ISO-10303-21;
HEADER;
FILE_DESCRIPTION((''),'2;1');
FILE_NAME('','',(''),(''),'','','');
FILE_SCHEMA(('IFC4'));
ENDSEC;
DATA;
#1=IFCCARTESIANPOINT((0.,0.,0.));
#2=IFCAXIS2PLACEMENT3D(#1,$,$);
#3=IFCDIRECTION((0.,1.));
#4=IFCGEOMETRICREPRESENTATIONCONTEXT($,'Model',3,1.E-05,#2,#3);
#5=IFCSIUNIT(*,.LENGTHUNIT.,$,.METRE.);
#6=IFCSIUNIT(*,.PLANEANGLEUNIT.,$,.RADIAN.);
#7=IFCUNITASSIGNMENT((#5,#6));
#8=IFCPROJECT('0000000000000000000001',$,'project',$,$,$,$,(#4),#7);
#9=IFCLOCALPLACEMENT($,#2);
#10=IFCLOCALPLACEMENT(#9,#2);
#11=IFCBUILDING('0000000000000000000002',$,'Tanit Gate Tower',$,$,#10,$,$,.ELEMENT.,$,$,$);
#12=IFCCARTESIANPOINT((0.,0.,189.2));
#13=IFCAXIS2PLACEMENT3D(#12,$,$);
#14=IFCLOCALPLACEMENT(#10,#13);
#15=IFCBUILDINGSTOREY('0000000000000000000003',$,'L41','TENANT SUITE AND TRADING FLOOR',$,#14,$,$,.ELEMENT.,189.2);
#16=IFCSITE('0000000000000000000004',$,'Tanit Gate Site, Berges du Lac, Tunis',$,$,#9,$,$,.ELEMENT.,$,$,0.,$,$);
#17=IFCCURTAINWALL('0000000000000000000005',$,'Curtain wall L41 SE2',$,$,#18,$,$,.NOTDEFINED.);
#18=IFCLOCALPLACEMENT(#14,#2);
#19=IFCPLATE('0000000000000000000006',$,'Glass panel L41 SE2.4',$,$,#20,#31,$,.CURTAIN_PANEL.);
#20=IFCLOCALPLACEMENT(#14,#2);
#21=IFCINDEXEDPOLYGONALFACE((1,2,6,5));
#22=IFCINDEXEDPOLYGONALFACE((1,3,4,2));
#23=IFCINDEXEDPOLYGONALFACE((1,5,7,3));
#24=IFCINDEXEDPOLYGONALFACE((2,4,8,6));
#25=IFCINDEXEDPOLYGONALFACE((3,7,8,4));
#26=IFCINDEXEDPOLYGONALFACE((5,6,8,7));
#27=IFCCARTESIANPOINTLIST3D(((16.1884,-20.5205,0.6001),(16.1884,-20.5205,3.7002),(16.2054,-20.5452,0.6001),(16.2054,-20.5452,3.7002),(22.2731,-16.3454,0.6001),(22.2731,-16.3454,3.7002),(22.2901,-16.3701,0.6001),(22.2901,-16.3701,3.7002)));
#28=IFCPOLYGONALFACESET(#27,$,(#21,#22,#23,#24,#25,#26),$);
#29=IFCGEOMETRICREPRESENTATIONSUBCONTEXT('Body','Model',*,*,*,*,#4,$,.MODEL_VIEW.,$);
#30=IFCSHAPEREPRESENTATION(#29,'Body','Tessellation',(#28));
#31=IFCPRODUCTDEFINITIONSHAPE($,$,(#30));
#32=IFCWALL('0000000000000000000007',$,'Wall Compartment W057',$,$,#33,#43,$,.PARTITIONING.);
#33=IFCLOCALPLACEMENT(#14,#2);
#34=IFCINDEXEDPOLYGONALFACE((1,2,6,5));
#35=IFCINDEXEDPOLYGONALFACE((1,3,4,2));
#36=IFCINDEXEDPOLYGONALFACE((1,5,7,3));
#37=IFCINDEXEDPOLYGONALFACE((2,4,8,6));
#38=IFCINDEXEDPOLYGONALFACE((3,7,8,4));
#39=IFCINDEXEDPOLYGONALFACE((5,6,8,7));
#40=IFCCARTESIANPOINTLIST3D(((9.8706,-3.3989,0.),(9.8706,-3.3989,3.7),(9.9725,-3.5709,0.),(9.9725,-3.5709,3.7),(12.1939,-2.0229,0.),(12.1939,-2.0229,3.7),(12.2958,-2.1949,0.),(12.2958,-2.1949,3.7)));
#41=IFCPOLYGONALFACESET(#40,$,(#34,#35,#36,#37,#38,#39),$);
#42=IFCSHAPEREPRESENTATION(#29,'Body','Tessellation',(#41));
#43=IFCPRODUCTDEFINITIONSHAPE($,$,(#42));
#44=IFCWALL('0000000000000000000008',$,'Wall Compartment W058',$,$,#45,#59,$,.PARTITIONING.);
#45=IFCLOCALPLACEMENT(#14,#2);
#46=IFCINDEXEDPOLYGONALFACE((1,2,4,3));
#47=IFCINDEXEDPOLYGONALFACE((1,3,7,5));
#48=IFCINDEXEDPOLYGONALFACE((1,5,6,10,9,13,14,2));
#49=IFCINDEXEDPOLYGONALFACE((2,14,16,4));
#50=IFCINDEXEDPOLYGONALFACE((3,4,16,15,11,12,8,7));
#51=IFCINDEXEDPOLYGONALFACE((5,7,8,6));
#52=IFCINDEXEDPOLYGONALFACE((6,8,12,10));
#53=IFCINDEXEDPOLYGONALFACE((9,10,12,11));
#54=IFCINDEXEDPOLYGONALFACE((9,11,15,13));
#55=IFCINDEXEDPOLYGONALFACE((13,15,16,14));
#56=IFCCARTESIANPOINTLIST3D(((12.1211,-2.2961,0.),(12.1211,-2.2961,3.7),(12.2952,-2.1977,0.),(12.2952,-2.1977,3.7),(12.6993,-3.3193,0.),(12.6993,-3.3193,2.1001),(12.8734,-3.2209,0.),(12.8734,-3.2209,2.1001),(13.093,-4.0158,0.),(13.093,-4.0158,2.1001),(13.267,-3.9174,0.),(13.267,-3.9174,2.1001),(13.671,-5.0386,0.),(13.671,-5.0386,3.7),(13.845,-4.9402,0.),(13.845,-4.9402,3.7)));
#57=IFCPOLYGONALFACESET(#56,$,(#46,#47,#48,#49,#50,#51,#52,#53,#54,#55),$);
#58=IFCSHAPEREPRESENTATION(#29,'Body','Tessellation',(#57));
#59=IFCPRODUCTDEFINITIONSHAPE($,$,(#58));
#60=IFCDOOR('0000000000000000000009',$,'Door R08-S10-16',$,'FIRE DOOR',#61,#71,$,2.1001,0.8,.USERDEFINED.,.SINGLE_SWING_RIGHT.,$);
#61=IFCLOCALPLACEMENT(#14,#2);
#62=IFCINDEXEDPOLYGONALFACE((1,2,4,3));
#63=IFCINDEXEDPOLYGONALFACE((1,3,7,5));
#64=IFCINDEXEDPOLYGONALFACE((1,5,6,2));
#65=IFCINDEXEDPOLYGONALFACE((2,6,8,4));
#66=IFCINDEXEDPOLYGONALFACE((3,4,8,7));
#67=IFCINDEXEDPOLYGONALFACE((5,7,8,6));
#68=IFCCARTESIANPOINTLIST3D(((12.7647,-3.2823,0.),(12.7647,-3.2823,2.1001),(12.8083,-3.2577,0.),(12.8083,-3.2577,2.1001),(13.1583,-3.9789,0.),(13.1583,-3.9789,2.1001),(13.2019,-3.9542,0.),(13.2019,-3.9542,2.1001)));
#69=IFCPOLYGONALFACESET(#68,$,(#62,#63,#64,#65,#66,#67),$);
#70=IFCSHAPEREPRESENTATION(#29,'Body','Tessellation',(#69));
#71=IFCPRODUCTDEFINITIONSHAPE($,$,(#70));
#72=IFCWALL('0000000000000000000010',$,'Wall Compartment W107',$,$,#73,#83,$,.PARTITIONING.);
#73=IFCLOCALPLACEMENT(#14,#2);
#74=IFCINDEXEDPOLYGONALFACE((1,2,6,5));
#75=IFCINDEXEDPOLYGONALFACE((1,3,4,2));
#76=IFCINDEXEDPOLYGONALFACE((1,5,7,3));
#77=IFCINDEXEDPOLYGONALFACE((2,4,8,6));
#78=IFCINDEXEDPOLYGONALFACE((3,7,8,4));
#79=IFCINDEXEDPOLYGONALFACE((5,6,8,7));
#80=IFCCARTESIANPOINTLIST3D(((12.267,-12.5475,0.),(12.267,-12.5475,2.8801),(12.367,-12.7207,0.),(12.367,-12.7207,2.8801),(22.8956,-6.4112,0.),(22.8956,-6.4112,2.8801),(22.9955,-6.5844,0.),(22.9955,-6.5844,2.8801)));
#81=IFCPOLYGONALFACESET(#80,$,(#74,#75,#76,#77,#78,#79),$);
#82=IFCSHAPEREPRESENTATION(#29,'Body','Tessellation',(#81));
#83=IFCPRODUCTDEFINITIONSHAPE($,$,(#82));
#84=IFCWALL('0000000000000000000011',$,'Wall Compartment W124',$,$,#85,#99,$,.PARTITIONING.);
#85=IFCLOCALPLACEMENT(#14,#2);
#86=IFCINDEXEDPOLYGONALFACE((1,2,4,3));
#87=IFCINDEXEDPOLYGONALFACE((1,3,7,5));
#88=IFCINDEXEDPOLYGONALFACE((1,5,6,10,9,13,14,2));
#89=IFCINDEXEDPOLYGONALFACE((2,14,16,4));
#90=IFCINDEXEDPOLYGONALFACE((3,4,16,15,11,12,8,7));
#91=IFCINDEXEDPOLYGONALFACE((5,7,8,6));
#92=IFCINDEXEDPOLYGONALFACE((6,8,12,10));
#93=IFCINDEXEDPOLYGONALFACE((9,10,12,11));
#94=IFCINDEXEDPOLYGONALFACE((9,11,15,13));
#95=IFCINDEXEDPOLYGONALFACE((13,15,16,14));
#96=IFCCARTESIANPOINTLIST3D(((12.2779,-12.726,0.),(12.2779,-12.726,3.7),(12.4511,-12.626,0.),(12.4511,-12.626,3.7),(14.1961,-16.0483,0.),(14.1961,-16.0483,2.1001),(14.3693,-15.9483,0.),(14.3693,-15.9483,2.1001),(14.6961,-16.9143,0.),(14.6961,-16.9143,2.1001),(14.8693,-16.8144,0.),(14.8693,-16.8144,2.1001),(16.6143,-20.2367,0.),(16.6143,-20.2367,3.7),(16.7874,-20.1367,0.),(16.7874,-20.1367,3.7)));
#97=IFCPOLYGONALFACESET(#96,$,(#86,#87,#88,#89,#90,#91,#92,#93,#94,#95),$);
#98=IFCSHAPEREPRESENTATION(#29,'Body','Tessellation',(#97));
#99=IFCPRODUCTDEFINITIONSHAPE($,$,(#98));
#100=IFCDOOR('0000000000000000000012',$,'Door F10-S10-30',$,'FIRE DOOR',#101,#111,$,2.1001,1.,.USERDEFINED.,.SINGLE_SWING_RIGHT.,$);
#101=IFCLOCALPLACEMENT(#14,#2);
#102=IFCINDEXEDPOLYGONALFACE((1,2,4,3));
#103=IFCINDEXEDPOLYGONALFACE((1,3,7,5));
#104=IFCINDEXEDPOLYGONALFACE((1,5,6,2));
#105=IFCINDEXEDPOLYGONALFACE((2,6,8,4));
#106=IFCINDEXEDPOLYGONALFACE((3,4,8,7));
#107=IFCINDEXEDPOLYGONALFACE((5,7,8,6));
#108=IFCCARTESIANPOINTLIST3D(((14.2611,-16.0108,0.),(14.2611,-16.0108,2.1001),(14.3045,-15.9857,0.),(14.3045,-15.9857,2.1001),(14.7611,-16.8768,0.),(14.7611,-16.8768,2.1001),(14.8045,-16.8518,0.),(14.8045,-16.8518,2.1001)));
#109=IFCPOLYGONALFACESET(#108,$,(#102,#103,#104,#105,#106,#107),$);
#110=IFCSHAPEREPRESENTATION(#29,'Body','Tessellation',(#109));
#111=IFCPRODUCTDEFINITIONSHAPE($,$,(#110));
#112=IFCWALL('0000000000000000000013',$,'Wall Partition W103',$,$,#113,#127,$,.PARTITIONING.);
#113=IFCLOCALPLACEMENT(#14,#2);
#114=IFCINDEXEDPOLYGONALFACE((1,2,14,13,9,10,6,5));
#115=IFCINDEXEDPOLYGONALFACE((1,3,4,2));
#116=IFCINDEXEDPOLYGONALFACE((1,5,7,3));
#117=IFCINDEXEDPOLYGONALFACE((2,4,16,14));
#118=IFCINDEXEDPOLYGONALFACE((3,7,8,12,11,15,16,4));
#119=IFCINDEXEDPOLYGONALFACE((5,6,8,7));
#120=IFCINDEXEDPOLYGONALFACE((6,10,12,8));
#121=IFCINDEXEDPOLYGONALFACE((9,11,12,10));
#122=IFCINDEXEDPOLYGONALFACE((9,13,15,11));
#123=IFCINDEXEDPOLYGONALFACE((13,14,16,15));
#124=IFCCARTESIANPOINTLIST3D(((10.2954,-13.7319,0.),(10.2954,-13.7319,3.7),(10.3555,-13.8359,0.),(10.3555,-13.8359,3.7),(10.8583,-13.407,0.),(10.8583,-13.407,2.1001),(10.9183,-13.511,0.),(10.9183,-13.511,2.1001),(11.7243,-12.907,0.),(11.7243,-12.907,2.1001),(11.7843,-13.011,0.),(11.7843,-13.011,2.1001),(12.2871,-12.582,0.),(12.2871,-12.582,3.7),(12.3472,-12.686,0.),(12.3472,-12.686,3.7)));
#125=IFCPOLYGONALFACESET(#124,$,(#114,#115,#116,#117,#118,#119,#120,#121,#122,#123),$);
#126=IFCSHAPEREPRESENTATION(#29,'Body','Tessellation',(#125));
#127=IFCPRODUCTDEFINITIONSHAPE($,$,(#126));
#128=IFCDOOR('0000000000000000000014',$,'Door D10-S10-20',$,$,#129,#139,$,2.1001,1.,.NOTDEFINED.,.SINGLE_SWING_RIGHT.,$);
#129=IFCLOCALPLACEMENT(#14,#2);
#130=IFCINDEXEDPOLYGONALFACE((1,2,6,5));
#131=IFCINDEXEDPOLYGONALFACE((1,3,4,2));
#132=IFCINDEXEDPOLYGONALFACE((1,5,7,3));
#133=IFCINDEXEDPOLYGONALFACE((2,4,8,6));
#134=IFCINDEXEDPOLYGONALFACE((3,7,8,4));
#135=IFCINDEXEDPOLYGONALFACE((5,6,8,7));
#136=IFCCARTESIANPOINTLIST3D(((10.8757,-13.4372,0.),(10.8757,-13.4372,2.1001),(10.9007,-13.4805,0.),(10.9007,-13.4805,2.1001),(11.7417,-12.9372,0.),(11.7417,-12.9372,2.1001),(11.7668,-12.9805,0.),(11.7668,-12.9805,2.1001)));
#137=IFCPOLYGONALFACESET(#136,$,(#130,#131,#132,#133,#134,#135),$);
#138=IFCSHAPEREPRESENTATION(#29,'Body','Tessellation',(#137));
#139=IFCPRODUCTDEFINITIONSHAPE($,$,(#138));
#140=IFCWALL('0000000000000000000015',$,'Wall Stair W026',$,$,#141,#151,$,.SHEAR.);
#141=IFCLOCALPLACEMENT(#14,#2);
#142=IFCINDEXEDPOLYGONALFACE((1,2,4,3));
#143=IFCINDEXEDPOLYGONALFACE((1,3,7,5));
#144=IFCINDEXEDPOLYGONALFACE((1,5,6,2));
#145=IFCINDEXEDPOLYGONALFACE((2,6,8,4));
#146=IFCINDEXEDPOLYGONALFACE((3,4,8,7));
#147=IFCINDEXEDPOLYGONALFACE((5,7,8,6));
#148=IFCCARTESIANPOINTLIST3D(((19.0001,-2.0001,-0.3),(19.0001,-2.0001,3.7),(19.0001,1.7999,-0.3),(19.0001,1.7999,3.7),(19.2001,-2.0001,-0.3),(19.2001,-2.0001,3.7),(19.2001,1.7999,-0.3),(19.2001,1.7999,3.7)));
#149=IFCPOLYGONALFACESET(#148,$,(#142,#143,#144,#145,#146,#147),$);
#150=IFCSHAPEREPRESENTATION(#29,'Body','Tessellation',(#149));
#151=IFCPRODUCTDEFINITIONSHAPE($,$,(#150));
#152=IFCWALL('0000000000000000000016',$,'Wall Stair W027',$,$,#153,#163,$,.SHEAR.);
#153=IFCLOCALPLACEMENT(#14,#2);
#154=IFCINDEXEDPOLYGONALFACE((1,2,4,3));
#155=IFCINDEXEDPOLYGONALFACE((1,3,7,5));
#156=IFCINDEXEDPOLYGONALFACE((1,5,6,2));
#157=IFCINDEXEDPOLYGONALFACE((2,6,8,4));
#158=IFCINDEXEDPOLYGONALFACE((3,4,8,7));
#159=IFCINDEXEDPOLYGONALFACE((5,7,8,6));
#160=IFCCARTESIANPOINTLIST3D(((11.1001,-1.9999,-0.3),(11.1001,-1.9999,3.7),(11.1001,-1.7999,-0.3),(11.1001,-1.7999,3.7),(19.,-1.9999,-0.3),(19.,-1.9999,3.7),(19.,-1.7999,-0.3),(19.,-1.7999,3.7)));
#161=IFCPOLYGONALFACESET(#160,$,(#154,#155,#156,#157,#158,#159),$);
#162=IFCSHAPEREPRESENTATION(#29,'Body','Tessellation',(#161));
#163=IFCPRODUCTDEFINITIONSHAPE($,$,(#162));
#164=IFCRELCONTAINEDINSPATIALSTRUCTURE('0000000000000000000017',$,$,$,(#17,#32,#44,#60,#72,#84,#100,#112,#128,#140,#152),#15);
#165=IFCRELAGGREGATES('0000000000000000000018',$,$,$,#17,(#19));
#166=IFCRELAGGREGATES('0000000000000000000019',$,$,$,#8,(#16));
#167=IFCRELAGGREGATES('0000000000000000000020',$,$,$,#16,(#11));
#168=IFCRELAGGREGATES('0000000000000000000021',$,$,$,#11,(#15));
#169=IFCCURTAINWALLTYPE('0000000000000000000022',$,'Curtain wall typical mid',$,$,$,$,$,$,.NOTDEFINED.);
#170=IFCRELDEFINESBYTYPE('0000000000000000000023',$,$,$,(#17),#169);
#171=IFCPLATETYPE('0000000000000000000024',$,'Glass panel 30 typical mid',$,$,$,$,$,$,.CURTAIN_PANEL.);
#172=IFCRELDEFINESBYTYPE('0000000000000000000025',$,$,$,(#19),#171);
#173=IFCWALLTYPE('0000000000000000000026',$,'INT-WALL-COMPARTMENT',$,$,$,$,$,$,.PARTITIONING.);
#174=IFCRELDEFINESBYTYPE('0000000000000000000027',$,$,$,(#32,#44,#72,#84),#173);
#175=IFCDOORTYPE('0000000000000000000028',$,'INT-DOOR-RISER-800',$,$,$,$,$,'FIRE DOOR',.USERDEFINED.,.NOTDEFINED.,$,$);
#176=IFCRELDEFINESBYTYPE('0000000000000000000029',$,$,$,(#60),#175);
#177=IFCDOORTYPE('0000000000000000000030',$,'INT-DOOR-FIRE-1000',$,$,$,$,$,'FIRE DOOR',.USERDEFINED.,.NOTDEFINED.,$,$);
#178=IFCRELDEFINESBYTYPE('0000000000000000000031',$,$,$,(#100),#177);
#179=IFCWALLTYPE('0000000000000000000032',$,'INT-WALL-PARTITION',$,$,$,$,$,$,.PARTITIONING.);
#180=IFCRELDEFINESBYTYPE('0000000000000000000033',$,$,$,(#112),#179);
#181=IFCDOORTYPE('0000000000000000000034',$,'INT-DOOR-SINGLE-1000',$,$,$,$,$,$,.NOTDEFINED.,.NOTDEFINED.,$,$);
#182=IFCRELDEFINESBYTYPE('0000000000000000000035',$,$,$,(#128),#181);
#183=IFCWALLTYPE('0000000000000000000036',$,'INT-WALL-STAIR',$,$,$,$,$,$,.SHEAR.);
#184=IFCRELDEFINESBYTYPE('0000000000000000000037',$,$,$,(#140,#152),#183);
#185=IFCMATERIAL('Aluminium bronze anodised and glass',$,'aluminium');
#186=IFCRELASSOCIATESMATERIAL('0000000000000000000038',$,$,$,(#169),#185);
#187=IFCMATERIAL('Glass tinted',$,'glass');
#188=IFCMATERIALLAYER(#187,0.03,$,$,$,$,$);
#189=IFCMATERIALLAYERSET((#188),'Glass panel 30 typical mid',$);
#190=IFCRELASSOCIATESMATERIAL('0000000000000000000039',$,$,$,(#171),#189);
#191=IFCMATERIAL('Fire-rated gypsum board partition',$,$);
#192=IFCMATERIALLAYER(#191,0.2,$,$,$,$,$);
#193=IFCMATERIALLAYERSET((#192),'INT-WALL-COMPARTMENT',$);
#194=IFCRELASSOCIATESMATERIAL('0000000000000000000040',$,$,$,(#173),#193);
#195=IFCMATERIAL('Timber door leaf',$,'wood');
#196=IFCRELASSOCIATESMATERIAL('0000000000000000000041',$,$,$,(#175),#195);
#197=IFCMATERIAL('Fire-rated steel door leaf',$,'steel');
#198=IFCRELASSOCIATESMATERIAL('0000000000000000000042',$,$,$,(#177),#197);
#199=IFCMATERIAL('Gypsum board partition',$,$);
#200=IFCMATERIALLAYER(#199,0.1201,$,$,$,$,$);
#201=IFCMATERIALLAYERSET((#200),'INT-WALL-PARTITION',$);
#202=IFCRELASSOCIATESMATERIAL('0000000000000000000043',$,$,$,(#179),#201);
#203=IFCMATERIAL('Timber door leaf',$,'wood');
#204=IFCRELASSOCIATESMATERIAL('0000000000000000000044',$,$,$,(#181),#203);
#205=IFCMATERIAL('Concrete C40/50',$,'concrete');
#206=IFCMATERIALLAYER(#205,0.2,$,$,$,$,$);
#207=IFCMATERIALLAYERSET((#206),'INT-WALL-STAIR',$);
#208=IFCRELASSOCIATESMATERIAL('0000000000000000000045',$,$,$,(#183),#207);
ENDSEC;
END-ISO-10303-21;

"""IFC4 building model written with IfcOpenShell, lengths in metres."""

from ifc_helpers import new_model, si_unit, direction, frame, frame_2d, origin, origin_2d, place, context, subcontext, project, spatial, rectangle, extrude, material, layer, layer_set, type_object, element, fill, aggregate, save


model = new_model("IFC4")

# Units and contexts
model_context = context("Model", 3, precision=1e-05, world=origin(), true_north=direction((0.0, 1.0)))
body_context = subcontext(model_context, "Body", "Model", "MODEL_VIEW")
ifc_project = project(units=[si_unit("LENGTHUNIT", "METRE"), si_unit("PLANEANGLEUNIT", "RADIAN")], contexts=[model_context])

# Site, building, storey
site_placement = place(None, origin())
site = spatial("IfcSite", under=ifc_project, at=site_placement, Name="Tanit Gate Site, Berges du Lac, Tunis", CompositionType="ELEMENT", RefElevation=0.0)
building_placement = place(site_placement, origin())
building = spatial("IfcBuilding", under=site, at=building_placement, Name="Tanit Gate Tower", CompositionType="ELEMENT")
storey_placement = place(building_placement, frame((0.0, 0.0, 189.2)))
storey = spatial("IfcBuildingStorey", under=building, at=storey_placement, Name="L41", Description="TENANT SUITE AND TRADING FLOOR", CompositionType="ELEMENT", Elevation=189.2)

# Curtain wall
ifc_material_1 = material(Name="Aluminium bronze anodised and glass", Category="aluminium")
curtain_wall_type = type_object("IfcCurtainWallType", Name="Curtain wall typical mid", PredefinedType="NOTDEFINED", material=ifc_material_1)
curtain_wall_placement = place(storey_placement, origin())
curtain_wall = element("IfcCurtainWall", 1, at=curtain_wall_placement, inside=storey, type_object=curtain_wall_type, Name="Curtain wall L41 SE2", PredefinedType="NOTDEFINED")

# Plate
ifc_material_2 = material(Name="Glass tinted", Category="glass")
ifc_layer_1 = layer(ifc_material_2, 0.03)
ifc_layer_set_1 = layer_set([ifc_layer_1], Name="Glass panel 30 typical mid")
plate_type = type_object("IfcPlateType", Name="Glass panel 30 typical mid", PredefinedType="CURTAIN_PANEL", material=ifc_layer_set_1)
plate_1_placement = place(storey_placement, frame((19.2393, -18.4453, 0.6001), z_axis=(0.0, 0.0, 1.0), x_axis=(0.824557, 0.56578, 0.0)))
plate_1 = element("IfcPlate", 2, at=plate_1_placement, type_object=plate_type, Name="Glass panel L41 SE2.4", PredefinedType="CURTAIN_PANEL", context=body_context, shape_type="SweptSolid", body=[
    extrude(rectangle(XDim=7.3794, YDim=0.03, at=origin_2d()), origin(), (0.0, 0.0, 1.0), 3.1001),
])
aggregate(curtain_wall, [plate_1])

# Wall
ifc_material_3 = material(Name="Fire-rated gypsum board partition")
ifc_layer_2 = layer(ifc_material_3, 0.2)
ifc_layer_set_2 = layer_set([ifc_layer_2], Name="INT-WALL-COMPARTMENT")
wall_type_1 = type_object("IfcWallType", Name="INT-WALL-COMPARTMENT", PredefinedType="PARTITIONING", material=ifc_layer_set_2)
wall_1_placement = place(storey_placement, frame((12.2449, -2.1089, 0.0), z_axis=(0.0, 0.0, 1.0), x_axis=(-0.860415, -0.509594, 0.0)))
element("IfcWall", 3, at=wall_1_placement, inside=storey, type_object=wall_type_1, Name="Wall Compartment W057", PredefinedType="PARTITIONING", context=body_context, shape_type="SweptSolid", body=[
    extrude(rectangle(XDim=2.7002, YDim=0.2, at=frame_2d((1.3501, 0.0))), origin(), (0.0, 0.0, 1.0), 3.7),
])

# Wall, opening, door
wall_2_placement = place(storey_placement, frame((13.7581, -4.9895, 0.0), z_axis=(0.0, 0.0, 1.0), x_axis=(-0.491993, 0.870599, 0.0)))
wall_2 = element("IfcWall", 4, at=wall_2_placement, inside=storey, type_object=wall_type_1, Name="Wall Compartment W058", PredefinedType="PARTITIONING", context=body_context, shape_type="SweptSolid", body=[
    extrude(rectangle(XDim=3.1501, YDim=0.2, at=frame_2d((1.5752, 0.0))), origin(), (0.0, 0.0, 1.0), 3.7),
])
opening_1_placement = place(wall_2_placement, frame((1.175, 0.0, 0.0)))
opening_1 = element("IfcOpeningElement", 5, at=opening_1_placement, cuts=wall_2, PredefinedType="OPENING", context=body_context, shape_type="SweptSolid", body=[
    extrude(rectangle(XDim=0.8, YDim=2.1001, at=frame_2d((0.3999, 1.05))), frame((0.0, 0.1099, 0.0), z_axis=(0.0, -1.0, 0.0), x_axis=(1.0, 0.0, 0.0)), (0.0, 0.0, 1.0), 0.22),
])
ifc_material_4 = material(Name="Timber door leaf", Category="wood")
door_type_1 = type_object("IfcDoorType", Name="INT-DOOR-RISER-800", ElementType="FIRE DOOR", OperationType="NOTDEFINED", PredefinedType="USERDEFINED", material=ifc_material_4)
door_1_placement = place(opening_1_placement, origin())
door_1 = element("IfcDoor", 6, at=door_1_placement, inside=storey, type_object=door_type_1, Name="Door R08-S10-16", ObjectType="FIRE DOOR", OperationType="SINGLE_SWING_RIGHT", OverallHeight=2.1001, OverallWidth=0.8, PredefinedType="USERDEFINED", context=body_context, shape_type="SweptSolid", body=[
    extrude(rectangle(XDim=0.8, YDim=2.1001, at=frame_2d((0.3999, 1.05))), frame((0.0, 0.0249, 0.0), z_axis=(0.0, -1.0, 0.0), x_axis=(1.0, 0.0, 0.0)), (0.0, 0.0, 1.0), 0.05),
])
fill(opening_1, door_1)

# Wall
wall_3_placement = place(storey_placement, frame((12.3171, -12.634, 0.0), z_axis=(0.0, 0.0, 1.0), x_axis=(0.866029, 0.499995, 0.0)))
element("IfcWall", 7, at=wall_3_placement, inside=storey, type_object=wall_type_1, Name="Wall Compartment W107", PredefinedType="PARTITIONING", context=body_context, shape_type="SweptSolid", body=[
    extrude(rectangle(XDim=12.2727, YDim=0.2, at=frame_2d((6.1362, 0.0))), origin(), (0.0, 0.0, 1.0), 2.8801),
])

# Walls, openings, doors
wall_4_placement = place(storey_placement, frame((16.7009, -20.1868, 0.0), z_axis=(0.0, 0.0, 1.0), x_axis=(-0.500008, 0.866021, 0.0)))
wall_4 = element("IfcWall", 8, at=wall_4_placement, inside=storey, type_object=wall_type_1, Name="Wall Compartment W124", PredefinedType="PARTITIONING", context=body_context, shape_type="SweptSolid", body=[
    extrude(rectangle(XDim=8.6726, YDim=0.2, at=frame_2d((4.3364, 0.0))), origin(), (0.0, 0.0, 1.0), 3.7),
])
opening_2_placement = place(wall_4_placement, frame((3.8364, 0.0, 0.0)))
opening_2 = element("IfcOpeningElement", 9, at=opening_2_placement, cuts=wall_4, PredefinedType="OPENING", context=body_context, shape_type="SweptSolid", body=[
    extrude(rectangle(XDim=1.0, YDim=2.1001, at=frame_2d((0.5, 1.05))), frame((0.0, 0.1099, 0.0), z_axis=(0.0, -1.0, 0.0), x_axis=(1.0, 0.0, 0.0)), (0.0, 0.0, 1.0), 0.22),
])
ifc_material_5 = material(Name="Fire-rated steel door leaf", Category="steel")
door_type_2 = type_object("IfcDoorType", Name="INT-DOOR-FIRE-1000", ElementType="FIRE DOOR", OperationType="NOTDEFINED", PredefinedType="USERDEFINED", material=ifc_material_5)
door_2_placement = place(opening_2_placement, origin())
door_2 = element("IfcDoor", 10, at=door_2_placement, inside=storey, type_object=door_type_2, Name="Door F10-S10-30", ObjectType="FIRE DOOR", OperationType="SINGLE_SWING_RIGHT", OverallHeight=2.1001, OverallWidth=1.0, PredefinedType="USERDEFINED", context=body_context, shape_type="SweptSolid", body=[
    extrude(rectangle(XDim=1.0, YDim=2.1001, at=frame_2d((0.5, 1.05))), frame((0.0, 0.0249, 0.0), z_axis=(0.0, -1.0, 0.0), x_axis=(1.0, 0.0, 0.0)), (0.0, 0.0, 1.0), 0.05),
])
fill(opening_2, door_2)
ifc_material_6 = material(Name="Gypsum board partition")
ifc_layer_3 = layer(ifc_material_6, 0.1201)
ifc_layer_set_3 = layer_set([ifc_layer_3], Name="INT-WALL-PARTITION")
wall_type_2 = type_object("IfcWallType", Name="INT-WALL-PARTITION", PredefinedType="PARTITIONING", material=ifc_layer_set_3)
wall_5_placement = place(storey_placement, frame((12.3171, -12.634, 0.0), z_axis=(0.0, 0.0, 1.0), x_axis=(-0.866026, -0.499998, 0.0)))
wall_5 = element("IfcWall", 11, at=wall_5_placement, inside=storey, type_object=wall_type_2, Name="Wall Partition W103", PredefinedType="PARTITIONING", context=body_context, shape_type="SweptSolid", body=[
    extrude(rectangle(XDim=2.2998, YDim=0.1201, at=frame_2d((1.1499, 0.0))), origin(), (0.0, 0.0, 1.0), 3.7),
])
opening_3_placement = place(wall_5_placement, frame((0.6499, 0.0, 0.0)))
opening_3 = element("IfcOpeningElement", 12, at=opening_3_placement, cuts=wall_5, PredefinedType="OPENING", context=body_context, shape_type="SweptSolid", body=[
    extrude(rectangle(XDim=1.0, YDim=2.1001, at=frame_2d((0.5, 1.05))), frame((0.0, 0.0701, 0.0), z_axis=(0.0, -1.0, 0.0), x_axis=(1.0, 0.0, 0.0)), (0.0, 0.0, 1.0), 0.1401),
])
ifc_material_7 = material(Name="Timber door leaf", Category="wood")
door_type_3 = type_object("IfcDoorType", Name="INT-DOOR-SINGLE-1000", OperationType="NOTDEFINED", PredefinedType="NOTDEFINED", material=ifc_material_7)
door_3_placement = place(opening_3_placement, origin())
door_3 = element("IfcDoor", 13, at=door_3_placement, inside=storey, type_object=door_type_3, Name="Door D10-S10-20", OperationType="SINGLE_SWING_RIGHT", OverallHeight=2.1001, OverallWidth=1.0, PredefinedType="NOTDEFINED", context=body_context, shape_type="SweptSolid", body=[
    extrude(rectangle(XDim=1.0, YDim=2.1001, at=frame_2d((0.5, 1.05))), frame((0.0, 0.0249, 0.0), z_axis=(0.0, -1.0, 0.0), x_axis=(1.0, 0.0, 0.0)), (0.0, 0.0, 1.0), 0.05),
])
fill(opening_3, door_3)

# Walls
ifc_material_8 = material(Name="Concrete C40/50", Category="concrete")
ifc_layer_4 = layer(ifc_material_8, 0.2)
ifc_layer_set_4 = layer_set([ifc_layer_4], Name="INT-WALL-STAIR")
wall_type_3 = type_object("IfcWallType", Name="INT-WALL-STAIR", PredefinedType="SHEAR", material=ifc_layer_set_4)
wall_6_placement = place(storey_placement, frame((19.1001, -2.0, -0.3), z_axis=(0.0, 0.0, 1.0), x_axis=(0.0, 1.0, 0.0)))
element("IfcWall", 14, at=wall_6_placement, inside=storey, type_object=wall_type_3, Name="Wall Stair W026", PredefinedType="SHEAR", context=body_context, shape_type="SweptSolid", body=[
    extrude(rectangle(XDim=3.8, YDim=0.2, at=frame_2d((1.8999, 0.0))), origin(), (0.0, 0.0, 1.0), 4.0),
])
wall_7_placement = place(storey_placement, frame((11.1001, -1.8999, -0.3), z_axis=(0.0, 0.0, 1.0), x_axis=(1.0, 0.0, 0.0)))
element("IfcWall", 15, at=wall_7_placement, inside=storey, type_object=wall_type_3, Name="Wall Stair W027", PredefinedType="SHEAR", context=body_context, shape_type="SweptSolid", body=[
    extrude(rectangle(XDim=7.8999, YDim=0.2, at=frame_2d((3.95, 0.0))), origin(), (0.0, 0.0, 1.0), 4.0),
])

save(model, "model.ifc")
